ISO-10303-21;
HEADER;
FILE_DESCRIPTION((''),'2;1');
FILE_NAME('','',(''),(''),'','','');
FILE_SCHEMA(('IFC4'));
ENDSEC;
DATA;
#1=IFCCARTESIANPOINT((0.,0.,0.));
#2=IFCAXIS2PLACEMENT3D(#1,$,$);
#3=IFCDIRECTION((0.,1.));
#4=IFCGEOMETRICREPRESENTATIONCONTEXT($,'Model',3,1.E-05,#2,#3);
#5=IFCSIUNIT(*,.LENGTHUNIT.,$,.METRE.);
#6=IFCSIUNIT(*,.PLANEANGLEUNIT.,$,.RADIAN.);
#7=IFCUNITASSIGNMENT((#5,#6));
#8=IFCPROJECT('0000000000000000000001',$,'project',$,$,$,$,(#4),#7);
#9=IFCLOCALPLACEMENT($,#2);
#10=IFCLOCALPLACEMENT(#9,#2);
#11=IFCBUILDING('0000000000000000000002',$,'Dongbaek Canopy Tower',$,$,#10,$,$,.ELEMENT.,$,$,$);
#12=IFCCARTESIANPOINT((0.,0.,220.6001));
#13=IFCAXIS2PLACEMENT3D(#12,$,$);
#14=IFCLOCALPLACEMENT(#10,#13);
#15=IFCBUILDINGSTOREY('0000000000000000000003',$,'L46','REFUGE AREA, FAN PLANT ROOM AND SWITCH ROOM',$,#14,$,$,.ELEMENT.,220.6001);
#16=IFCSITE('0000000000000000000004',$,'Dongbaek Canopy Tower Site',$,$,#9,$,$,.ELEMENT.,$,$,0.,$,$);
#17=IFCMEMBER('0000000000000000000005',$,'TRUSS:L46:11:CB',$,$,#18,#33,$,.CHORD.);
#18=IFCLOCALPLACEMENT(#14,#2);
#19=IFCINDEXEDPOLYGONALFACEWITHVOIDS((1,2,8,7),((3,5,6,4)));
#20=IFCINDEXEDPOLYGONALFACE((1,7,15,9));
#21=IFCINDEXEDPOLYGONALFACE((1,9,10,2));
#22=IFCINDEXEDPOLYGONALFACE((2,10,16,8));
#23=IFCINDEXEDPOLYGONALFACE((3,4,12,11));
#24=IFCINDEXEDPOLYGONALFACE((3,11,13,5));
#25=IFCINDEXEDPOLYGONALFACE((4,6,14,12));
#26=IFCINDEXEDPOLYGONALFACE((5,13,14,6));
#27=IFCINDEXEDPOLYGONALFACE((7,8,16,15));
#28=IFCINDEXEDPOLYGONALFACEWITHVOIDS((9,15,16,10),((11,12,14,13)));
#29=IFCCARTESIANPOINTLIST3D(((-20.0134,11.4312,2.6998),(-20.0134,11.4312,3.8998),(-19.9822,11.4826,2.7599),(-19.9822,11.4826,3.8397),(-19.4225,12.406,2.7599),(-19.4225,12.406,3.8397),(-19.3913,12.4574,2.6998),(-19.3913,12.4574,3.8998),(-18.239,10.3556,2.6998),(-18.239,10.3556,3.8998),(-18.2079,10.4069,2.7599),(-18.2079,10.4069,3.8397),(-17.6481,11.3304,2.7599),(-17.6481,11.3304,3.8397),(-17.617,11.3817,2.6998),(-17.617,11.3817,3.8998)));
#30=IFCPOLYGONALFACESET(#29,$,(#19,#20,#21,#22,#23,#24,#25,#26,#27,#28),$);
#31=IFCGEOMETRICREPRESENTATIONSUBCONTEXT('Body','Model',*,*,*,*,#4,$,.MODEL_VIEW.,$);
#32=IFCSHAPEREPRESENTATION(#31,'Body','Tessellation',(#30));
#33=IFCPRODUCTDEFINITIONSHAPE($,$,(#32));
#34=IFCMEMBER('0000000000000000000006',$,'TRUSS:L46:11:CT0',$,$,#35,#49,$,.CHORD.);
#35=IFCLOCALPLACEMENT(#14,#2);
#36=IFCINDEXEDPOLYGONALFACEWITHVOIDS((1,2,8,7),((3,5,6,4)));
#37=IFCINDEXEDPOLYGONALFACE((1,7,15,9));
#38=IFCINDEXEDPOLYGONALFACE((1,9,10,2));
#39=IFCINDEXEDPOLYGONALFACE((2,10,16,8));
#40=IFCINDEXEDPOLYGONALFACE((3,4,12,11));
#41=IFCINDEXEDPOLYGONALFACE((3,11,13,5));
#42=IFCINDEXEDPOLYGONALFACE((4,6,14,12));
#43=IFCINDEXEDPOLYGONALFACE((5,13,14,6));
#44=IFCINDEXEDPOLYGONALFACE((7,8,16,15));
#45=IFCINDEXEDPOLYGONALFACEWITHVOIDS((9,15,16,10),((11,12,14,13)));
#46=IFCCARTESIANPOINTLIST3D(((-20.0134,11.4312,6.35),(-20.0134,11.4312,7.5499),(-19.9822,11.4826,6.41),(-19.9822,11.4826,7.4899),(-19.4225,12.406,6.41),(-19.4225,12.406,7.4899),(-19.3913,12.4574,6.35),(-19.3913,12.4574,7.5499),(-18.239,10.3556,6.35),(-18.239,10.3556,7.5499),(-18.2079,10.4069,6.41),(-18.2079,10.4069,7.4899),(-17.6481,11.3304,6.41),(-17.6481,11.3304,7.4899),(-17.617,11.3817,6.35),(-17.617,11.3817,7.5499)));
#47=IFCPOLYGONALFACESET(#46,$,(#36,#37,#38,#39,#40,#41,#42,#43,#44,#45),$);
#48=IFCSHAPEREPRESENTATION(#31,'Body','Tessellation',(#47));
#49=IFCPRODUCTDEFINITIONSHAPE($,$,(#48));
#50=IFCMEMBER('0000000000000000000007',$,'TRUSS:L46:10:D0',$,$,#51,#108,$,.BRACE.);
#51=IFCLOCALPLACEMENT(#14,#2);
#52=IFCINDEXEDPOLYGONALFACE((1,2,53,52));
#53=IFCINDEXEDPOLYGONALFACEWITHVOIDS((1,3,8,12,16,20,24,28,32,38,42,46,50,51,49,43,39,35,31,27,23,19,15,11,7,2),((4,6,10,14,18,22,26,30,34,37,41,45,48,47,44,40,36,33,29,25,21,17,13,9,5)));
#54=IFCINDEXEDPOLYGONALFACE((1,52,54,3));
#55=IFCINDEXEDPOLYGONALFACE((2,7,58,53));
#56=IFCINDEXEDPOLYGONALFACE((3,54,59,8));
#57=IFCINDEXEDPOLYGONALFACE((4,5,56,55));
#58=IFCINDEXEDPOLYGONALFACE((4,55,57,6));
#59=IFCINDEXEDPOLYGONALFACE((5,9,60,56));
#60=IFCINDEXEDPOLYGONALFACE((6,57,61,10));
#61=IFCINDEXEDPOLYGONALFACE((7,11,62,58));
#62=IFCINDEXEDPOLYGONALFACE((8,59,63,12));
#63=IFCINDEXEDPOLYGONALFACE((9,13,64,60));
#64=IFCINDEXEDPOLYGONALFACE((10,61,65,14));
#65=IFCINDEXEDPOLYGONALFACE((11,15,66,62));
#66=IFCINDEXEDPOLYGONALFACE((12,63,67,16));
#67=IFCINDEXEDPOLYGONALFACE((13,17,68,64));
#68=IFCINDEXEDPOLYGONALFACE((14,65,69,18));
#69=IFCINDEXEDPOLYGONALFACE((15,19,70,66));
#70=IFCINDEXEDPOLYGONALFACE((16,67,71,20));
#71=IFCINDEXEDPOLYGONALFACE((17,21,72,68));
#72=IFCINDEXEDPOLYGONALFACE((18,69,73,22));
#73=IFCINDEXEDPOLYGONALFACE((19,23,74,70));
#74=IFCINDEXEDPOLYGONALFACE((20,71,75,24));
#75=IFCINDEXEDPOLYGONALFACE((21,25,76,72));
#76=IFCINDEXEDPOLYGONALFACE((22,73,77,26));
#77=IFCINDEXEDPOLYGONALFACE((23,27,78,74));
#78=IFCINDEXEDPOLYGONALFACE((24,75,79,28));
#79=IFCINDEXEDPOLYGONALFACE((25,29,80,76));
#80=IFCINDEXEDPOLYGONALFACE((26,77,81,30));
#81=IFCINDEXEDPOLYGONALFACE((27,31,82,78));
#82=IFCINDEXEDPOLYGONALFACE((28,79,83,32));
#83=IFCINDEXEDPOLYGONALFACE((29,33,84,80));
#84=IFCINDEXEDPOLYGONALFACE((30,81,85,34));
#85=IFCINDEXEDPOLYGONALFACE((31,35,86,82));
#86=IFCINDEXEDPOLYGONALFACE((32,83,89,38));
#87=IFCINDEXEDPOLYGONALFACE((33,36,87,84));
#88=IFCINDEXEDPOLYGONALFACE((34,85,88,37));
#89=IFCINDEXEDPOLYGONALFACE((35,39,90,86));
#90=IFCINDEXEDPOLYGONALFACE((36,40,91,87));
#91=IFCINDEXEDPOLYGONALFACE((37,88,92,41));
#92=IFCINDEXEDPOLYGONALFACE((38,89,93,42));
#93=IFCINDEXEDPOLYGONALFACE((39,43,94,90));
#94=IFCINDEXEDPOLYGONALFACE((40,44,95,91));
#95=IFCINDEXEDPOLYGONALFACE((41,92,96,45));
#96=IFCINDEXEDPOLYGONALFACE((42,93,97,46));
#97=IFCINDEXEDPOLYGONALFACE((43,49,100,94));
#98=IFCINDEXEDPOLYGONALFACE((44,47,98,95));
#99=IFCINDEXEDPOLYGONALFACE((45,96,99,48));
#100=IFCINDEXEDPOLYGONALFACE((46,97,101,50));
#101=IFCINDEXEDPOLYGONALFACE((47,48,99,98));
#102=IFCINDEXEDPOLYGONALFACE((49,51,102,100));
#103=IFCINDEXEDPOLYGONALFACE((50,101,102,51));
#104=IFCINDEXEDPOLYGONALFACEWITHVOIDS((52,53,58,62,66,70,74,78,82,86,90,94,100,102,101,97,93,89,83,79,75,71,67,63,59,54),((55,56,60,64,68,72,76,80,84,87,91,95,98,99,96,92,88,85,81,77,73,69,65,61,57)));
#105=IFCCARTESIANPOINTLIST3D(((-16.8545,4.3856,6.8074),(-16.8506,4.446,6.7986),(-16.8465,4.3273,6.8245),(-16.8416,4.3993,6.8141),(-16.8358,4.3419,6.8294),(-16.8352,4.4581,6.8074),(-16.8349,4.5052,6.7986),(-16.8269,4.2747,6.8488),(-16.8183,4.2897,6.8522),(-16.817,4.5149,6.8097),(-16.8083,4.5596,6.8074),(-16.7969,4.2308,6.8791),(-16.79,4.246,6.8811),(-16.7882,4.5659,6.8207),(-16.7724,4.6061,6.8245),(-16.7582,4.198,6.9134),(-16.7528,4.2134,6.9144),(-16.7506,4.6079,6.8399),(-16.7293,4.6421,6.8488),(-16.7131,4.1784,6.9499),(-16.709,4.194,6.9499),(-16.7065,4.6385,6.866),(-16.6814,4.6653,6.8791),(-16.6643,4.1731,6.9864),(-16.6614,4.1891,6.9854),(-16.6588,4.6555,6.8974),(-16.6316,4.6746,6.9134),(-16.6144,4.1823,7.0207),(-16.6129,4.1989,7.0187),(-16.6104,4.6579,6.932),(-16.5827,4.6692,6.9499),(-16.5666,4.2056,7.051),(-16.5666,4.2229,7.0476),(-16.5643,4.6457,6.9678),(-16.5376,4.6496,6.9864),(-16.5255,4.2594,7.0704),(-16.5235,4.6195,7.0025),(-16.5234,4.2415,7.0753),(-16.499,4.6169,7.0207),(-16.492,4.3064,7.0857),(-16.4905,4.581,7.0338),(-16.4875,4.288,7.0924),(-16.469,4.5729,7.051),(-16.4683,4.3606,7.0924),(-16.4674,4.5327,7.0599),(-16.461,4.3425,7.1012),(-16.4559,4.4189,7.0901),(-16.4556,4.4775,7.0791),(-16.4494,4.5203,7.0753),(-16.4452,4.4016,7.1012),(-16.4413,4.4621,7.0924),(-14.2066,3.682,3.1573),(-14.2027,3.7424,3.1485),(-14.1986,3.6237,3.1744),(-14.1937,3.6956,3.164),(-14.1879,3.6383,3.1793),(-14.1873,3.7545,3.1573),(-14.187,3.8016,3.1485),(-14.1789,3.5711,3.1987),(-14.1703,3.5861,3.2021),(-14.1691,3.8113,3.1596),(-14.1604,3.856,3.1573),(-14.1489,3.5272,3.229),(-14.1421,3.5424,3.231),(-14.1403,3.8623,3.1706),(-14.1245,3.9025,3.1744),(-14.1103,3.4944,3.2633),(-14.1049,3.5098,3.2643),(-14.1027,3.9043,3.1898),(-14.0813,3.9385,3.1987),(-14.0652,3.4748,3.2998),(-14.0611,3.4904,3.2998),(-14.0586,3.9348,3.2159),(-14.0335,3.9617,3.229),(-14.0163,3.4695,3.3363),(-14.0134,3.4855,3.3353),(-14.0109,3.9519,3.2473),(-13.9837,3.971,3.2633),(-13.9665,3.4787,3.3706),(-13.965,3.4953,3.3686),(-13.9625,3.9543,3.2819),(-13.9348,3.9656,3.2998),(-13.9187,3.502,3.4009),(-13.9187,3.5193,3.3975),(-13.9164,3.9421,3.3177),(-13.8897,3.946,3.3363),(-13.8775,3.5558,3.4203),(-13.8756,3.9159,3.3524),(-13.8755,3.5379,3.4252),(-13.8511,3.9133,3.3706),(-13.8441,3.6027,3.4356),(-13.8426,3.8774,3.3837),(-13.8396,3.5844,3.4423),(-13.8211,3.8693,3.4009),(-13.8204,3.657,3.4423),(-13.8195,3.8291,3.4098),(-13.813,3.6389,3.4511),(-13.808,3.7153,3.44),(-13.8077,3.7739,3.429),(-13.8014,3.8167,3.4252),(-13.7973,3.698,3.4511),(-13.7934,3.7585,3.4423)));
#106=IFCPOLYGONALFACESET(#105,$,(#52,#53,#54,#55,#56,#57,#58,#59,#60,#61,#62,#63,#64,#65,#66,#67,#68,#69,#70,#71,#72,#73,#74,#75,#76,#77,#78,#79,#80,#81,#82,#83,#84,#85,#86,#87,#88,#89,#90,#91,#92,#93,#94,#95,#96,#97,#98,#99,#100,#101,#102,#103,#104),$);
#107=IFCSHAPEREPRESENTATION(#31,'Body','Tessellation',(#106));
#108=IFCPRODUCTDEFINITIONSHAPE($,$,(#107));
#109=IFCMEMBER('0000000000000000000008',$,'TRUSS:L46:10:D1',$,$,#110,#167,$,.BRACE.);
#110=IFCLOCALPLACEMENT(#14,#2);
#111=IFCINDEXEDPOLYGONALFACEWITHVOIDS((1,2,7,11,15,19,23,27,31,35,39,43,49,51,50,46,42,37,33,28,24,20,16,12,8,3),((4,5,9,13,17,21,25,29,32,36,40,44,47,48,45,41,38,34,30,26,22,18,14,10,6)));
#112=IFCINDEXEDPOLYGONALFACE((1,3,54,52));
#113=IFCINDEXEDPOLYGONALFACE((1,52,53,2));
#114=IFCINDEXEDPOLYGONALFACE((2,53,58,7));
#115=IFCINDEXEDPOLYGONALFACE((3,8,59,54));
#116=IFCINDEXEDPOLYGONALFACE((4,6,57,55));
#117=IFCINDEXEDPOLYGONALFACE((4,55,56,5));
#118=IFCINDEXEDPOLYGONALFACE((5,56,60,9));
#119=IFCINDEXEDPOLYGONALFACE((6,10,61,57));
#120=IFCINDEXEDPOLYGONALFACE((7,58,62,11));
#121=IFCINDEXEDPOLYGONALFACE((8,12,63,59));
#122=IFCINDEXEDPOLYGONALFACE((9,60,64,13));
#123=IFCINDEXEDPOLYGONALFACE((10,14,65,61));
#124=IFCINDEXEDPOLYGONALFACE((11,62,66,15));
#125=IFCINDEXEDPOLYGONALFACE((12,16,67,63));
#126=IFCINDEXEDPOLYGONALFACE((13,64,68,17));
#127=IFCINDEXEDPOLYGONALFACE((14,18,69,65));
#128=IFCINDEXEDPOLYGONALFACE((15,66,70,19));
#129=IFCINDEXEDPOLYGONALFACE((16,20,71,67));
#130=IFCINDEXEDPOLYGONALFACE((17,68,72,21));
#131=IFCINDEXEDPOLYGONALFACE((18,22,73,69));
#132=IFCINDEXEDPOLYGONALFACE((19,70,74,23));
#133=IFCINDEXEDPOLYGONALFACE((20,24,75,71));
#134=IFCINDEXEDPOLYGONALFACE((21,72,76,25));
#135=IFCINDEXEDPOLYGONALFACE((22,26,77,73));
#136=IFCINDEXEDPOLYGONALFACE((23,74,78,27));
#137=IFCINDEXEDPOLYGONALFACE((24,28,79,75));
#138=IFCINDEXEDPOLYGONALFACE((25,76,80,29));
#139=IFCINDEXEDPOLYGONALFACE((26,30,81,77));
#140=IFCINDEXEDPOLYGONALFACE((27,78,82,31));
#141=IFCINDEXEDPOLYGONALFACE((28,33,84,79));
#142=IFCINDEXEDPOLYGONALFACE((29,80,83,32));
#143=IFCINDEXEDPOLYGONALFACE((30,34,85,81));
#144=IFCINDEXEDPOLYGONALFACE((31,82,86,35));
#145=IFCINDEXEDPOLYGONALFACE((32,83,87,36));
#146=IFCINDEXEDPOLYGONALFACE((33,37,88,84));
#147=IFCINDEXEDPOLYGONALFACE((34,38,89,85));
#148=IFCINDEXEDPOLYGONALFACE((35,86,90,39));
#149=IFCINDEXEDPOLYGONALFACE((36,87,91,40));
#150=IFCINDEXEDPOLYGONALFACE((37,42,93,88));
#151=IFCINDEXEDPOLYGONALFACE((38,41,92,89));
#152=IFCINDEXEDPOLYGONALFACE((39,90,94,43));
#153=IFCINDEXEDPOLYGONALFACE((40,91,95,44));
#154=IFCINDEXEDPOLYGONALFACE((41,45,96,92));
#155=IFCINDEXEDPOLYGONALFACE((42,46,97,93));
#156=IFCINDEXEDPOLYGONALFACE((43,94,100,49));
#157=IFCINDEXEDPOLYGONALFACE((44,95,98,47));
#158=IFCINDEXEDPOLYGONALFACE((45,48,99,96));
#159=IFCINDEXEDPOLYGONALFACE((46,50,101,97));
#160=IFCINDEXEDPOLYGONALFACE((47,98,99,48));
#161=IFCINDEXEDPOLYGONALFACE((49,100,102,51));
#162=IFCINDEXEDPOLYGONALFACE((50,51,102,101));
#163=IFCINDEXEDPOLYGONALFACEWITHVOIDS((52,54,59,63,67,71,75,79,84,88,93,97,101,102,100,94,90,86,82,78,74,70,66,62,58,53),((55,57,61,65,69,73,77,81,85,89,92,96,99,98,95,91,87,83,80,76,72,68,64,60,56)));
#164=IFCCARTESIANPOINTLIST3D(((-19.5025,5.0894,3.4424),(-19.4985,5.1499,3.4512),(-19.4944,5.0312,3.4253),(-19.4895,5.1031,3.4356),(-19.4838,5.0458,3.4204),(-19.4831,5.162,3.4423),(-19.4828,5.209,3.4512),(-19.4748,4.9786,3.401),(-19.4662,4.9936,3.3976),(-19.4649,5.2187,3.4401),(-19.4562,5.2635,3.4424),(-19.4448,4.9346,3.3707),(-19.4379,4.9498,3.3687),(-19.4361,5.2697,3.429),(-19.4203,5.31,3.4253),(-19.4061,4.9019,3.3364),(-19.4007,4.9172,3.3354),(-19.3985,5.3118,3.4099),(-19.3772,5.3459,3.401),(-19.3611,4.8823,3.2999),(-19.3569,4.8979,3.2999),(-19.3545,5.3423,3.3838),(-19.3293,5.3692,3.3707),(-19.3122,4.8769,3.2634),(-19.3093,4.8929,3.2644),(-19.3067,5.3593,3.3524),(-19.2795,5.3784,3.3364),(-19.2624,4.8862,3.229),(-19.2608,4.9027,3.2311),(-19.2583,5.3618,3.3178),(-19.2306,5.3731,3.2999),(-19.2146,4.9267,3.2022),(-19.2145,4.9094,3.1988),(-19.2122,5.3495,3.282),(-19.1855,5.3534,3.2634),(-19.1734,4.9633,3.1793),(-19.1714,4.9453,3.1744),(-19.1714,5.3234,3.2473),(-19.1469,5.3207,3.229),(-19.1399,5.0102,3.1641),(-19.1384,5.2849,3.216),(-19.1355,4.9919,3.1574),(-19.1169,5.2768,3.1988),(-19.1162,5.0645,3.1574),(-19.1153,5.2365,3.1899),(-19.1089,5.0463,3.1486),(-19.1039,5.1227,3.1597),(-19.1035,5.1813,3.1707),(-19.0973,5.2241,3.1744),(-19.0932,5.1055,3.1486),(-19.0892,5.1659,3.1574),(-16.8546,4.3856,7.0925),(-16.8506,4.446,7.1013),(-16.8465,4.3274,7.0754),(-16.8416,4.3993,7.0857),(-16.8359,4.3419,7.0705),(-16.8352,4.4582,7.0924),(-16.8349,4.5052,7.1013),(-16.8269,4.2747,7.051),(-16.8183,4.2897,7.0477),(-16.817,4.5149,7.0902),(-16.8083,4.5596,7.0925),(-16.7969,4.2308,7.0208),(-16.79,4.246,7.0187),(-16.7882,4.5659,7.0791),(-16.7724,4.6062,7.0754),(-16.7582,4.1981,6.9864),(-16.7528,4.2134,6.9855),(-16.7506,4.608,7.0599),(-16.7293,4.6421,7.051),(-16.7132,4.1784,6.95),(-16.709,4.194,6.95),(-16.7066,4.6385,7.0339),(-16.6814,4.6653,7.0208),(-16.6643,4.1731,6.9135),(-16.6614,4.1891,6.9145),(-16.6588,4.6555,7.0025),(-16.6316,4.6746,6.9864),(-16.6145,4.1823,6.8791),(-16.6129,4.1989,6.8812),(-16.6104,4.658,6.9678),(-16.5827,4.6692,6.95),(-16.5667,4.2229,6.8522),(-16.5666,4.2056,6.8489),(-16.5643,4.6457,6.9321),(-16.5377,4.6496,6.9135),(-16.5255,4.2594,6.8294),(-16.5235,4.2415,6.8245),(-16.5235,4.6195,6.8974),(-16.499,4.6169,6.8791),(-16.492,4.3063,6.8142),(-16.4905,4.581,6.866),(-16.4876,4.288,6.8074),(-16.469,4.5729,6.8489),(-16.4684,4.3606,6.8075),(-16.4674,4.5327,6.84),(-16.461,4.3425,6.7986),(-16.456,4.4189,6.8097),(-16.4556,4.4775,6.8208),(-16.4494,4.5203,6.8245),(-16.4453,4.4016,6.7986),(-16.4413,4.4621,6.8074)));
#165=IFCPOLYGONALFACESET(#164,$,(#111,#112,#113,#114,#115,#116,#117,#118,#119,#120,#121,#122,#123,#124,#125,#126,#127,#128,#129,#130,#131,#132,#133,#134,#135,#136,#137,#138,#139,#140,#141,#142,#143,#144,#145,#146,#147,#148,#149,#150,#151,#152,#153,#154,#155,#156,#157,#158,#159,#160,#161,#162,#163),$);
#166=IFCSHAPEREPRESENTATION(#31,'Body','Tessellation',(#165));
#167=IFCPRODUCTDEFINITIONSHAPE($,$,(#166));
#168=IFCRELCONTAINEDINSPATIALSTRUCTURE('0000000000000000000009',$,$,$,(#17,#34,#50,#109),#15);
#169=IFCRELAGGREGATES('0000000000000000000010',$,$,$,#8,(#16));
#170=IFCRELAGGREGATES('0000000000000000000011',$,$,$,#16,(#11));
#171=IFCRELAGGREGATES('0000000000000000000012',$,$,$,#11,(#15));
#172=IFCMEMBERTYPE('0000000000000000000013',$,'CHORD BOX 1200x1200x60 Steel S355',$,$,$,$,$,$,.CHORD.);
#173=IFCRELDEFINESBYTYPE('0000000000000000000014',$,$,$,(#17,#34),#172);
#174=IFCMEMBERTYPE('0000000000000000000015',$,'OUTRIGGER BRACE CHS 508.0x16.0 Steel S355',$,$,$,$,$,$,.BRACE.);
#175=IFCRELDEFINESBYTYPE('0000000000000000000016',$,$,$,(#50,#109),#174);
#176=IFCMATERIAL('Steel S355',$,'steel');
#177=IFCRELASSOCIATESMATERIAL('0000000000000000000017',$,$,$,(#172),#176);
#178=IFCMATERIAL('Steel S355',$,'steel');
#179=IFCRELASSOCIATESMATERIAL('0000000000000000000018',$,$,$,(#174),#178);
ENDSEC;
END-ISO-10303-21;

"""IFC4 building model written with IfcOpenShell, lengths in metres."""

from ifc_helpers import new_model, si_unit, direction, frame, origin, origin_2d, place, context, subcontext, project, spatial, hollow_rectangle, hollow_circle, extrude, material, material_profile, profile_set, type_object, element, save


model = new_model("IFC4")

# Units and contexts
model_context = context("Model", 3, precision=1e-05, world=origin(), true_north=direction((0.0, 1.0)))
body_context = subcontext(model_context, "Body", "Model", "MODEL_VIEW")
ifc_project = project(units=[si_unit("LENGTHUNIT", "METRE"), si_unit("PLANEANGLEUNIT", "RADIAN")], contexts=[model_context])

# Site, building, storey
site_placement = place(None, origin())
site = spatial("IfcSite", under=ifc_project, at=site_placement, Name="Dongbaek Canopy Tower Site", CompositionType="ELEMENT", RefElevation=0.0)
building_placement = place(site_placement, origin())
building = spatial("IfcBuilding", under=site, at=building_placement, Name="Dongbaek Canopy Tower", CompositionType="ELEMENT")
storey_placement = place(building_placement, frame((0.0, 0.0, 220.6001)))
storey = spatial("IfcBuildingStorey", under=building, at=storey_placement, Name="L46", Description="REFUGE AREA, FAN PLANT ROOM AND SWITCH ROOM", CompositionType="ELEMENT", Elevation=220.6001)

# Members
ifc_material_1 = material(Name="Steel S355", Category="steel")
ifc_material_profile_1 = material_profile(ifc_material_1, hollow_rectangle(XDim=1.2, YDim=1.2, WallThickness=0.0601, at=origin_2d()), Name="CHORD BOX 1200x1200x60 Steel S355")
ifc_profile_set_1 = profile_set([ifc_material_profile_1], Name="Steel S355")
member_type_1 = type_object("IfcMemberType", Name="CHORD BOX 1200x1200x60 Steel S355", PredefinedType="CHORD", material=ifc_profile_set_1)
for number, where, z_axis, x_axis, name in (
    (1, (-17.928, 10.8687, 3.2998), (-0.855138, 0.518401, 0.0), (-0.518401, -0.855138, 0.0), "TRUSS:L46:11:CB"),
    (2, (-17.928, 10.8687, 6.95), (-0.855138, 0.518401, 0.0), (-0.518401, -0.855138, 0.0), "TRUSS:L46:11:CT0"),
):
    element("IfcMember", number, at=place(storey_placement, frame(where, z_axis=z_axis, x_axis=x_axis)), inside=storey, type_object=member_type_1, Name=name, PredefinedType="CHORD", context=body_context, shape_type="SweptSolid", body=[
        extrude(hollow_rectangle(XDim=1.2, YDim=1.2, WallThickness=0.0601, at=origin_2d()), origin(), (0.0, 0.0, 1.0), 2.075),
    ])
ifc_material_2 = material(Name="Steel S355", Category="steel")
ifc_material_profile_2 = material_profile(ifc_material_2, hollow_circle(Radius=0.2539, WallThickness=0.0161, at=origin_2d()), Name="OUTRIGGER BRACE CHS 508.0x16.0 Steel S355")
ifc_profile_set_2 = profile_set([ifc_material_profile_2], Name="Steel S355")
member_type_2 = type_object("IfcMemberType", Name="OUTRIGGER BRACE CHS 508.0x16.0 Steel S355", PredefinedType="BRACE", material=ifc_profile_set_2)
for number, where, z_axis, x_axis, name in (
    (3, (-14.0, 3.7202, 3.2998), (-0.580179, 0.154165, 0.799766), (-0.256808, -0.966462, 0.0), "TRUSS:L46:10:D0"),
    (4, (-16.6479, 4.4238, 6.95), (-0.580174, 0.154217, -0.799759), (-0.256892, -0.96644, 0.0), "TRUSS:L46:10:D1"),
):
    element("IfcMember", number, at=place(storey_placement, frame(where, z_axis=z_axis, x_axis=x_axis)), inside=storey, type_object=member_type_2, Name=name, PredefinedType="BRACE", context=body_context, shape_type="SweptSolid", body=[
        extrude(hollow_circle(Radius=0.2539, WallThickness=0.0161, at=origin_2d()), origin(), (0.0, 0.0, 1.0), 4.564),
    ])

save(model, "model.ifc")
